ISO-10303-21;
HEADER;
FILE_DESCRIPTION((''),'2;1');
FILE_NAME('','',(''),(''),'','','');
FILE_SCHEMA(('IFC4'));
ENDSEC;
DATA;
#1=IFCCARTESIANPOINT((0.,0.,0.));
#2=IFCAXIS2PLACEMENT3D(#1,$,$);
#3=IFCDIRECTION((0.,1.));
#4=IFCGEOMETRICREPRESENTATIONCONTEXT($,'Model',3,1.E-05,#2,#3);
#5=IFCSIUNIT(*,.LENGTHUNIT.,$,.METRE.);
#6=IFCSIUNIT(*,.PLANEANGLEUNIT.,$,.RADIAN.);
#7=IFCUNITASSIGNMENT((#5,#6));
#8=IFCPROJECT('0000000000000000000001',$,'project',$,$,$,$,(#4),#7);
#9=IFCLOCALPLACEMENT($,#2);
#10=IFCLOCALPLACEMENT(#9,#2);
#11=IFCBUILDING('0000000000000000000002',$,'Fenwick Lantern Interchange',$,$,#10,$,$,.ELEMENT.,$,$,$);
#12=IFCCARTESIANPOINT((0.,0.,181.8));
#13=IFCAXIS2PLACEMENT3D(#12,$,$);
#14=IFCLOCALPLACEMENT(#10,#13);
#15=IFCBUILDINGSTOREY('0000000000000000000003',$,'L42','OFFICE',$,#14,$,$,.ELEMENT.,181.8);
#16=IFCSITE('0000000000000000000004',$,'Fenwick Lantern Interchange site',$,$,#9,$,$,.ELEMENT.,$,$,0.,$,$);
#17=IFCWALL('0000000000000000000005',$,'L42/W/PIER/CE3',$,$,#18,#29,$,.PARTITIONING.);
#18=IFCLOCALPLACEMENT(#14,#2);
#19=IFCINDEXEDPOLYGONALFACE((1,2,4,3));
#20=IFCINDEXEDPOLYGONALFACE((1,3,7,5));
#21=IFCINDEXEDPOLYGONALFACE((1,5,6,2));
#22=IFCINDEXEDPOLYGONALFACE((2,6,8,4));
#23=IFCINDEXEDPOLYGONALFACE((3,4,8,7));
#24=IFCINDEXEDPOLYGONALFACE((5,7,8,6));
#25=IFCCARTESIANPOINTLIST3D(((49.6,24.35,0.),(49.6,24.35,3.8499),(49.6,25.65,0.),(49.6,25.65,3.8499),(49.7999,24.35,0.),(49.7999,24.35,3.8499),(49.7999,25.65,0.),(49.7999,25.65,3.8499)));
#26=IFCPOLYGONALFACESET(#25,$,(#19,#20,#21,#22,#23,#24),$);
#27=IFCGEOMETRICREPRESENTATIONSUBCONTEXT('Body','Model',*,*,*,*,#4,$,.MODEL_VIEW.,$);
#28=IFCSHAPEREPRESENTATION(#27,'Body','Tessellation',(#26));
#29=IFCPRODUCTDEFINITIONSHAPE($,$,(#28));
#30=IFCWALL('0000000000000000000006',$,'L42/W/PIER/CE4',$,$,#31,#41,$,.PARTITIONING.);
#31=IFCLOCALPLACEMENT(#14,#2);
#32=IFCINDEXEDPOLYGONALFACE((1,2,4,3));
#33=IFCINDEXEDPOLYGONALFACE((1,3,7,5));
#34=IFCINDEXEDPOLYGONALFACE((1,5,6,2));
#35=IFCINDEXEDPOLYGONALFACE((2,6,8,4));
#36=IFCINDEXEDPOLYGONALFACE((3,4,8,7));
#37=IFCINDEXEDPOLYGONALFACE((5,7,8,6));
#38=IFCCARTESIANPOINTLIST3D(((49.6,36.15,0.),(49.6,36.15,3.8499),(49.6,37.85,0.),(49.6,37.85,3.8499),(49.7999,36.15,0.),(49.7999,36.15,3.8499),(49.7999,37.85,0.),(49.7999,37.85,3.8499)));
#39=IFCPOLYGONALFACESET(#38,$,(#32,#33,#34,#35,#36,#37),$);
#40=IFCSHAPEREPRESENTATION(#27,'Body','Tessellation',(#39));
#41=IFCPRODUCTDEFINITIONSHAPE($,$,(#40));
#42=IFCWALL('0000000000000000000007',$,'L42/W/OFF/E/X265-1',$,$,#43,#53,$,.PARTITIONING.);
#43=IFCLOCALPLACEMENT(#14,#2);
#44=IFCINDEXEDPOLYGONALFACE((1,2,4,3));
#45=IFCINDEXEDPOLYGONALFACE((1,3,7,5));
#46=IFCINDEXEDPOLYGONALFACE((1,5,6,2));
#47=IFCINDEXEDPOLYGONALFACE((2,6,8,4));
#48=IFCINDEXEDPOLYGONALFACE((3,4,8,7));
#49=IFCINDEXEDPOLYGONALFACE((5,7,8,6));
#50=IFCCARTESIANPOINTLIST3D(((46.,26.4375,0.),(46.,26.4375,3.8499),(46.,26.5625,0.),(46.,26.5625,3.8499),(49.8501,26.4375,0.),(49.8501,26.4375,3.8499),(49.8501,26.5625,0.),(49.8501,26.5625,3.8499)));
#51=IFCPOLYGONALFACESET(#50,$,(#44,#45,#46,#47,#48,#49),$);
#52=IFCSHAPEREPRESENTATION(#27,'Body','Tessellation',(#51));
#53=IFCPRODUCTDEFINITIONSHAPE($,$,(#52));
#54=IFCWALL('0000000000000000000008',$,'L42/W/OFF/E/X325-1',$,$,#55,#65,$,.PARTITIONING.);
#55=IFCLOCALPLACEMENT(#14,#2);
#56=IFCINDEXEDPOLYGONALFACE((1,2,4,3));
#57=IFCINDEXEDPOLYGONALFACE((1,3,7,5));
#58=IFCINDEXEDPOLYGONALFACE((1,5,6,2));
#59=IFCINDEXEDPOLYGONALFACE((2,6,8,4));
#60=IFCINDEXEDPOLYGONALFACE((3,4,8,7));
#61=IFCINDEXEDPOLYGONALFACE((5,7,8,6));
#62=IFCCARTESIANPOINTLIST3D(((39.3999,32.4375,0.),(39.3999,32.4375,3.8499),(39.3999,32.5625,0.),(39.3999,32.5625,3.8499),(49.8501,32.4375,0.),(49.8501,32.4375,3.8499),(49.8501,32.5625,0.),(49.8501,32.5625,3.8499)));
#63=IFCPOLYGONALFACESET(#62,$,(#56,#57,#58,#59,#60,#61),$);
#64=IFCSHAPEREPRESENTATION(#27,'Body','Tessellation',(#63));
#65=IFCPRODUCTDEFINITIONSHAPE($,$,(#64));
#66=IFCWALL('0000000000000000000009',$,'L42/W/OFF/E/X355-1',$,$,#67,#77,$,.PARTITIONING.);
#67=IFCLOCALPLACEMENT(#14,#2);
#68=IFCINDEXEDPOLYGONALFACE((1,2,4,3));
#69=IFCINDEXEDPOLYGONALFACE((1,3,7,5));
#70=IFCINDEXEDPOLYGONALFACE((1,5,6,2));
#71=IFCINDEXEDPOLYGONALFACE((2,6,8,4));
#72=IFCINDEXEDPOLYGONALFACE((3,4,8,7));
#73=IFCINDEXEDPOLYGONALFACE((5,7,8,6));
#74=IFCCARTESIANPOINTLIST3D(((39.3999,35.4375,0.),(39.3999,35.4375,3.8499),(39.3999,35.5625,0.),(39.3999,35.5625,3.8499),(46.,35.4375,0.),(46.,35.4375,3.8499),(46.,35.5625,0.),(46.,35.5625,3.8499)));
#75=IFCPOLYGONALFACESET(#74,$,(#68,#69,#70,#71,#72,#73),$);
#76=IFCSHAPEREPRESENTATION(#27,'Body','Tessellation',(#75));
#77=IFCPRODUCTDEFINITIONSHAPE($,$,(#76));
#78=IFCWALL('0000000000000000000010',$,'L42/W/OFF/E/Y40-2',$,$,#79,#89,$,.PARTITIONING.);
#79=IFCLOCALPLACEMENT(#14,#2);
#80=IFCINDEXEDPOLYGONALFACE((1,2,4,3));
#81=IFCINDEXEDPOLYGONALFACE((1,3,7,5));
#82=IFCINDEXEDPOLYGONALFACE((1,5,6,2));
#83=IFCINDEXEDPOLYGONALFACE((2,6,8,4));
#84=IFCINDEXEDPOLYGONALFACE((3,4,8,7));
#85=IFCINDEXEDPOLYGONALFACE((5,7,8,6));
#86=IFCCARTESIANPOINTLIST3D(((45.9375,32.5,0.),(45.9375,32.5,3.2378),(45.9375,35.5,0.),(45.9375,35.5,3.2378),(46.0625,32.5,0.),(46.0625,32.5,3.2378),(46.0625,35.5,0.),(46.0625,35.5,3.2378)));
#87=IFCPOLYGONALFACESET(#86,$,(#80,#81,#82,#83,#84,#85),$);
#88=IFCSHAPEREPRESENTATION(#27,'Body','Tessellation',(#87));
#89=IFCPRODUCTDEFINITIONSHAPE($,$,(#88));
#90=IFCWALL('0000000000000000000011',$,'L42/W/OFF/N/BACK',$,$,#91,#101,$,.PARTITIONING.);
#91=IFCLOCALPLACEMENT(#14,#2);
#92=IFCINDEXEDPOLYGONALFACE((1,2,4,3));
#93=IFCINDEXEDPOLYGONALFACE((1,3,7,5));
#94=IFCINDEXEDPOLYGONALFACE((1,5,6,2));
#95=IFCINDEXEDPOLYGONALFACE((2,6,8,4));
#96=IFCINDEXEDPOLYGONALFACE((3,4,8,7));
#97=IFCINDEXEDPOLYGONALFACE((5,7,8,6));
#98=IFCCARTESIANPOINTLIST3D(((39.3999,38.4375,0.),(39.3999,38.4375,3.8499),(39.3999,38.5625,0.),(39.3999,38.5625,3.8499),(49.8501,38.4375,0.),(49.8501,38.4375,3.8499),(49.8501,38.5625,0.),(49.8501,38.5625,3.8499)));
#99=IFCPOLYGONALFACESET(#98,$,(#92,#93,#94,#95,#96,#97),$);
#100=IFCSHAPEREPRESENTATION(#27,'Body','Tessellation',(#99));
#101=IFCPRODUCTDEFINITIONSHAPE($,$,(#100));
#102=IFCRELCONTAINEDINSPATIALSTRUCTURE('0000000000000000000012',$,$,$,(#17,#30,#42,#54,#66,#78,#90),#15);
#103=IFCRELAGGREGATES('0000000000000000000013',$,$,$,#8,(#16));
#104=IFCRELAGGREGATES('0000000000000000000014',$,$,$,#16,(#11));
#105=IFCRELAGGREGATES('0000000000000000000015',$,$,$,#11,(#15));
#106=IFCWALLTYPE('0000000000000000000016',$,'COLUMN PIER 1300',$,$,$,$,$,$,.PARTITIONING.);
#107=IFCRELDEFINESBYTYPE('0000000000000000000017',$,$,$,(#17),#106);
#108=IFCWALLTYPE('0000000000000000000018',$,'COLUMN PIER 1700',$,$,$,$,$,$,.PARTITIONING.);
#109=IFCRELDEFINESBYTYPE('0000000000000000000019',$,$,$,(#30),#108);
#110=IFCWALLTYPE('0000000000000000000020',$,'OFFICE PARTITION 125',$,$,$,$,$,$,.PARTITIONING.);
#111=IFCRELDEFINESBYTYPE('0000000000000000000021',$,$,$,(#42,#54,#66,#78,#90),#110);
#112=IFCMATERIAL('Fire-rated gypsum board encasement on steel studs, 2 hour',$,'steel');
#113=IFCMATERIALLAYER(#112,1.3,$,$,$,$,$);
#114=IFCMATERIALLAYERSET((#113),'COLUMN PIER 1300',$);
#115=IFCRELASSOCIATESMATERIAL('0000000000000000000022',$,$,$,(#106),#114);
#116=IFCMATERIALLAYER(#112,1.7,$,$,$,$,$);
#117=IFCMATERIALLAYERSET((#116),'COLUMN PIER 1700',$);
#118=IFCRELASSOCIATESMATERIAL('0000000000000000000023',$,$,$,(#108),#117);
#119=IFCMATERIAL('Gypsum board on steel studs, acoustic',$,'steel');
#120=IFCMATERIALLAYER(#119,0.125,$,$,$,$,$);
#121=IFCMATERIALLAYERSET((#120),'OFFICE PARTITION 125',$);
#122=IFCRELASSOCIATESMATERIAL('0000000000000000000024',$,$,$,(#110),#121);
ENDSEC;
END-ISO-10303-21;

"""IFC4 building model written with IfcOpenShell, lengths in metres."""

from ifc_helpers import new_model, si_unit, direction, frame, frame_2d, origin, place, context, subcontext, project, spatial, rectangle, extrude, material, layer, layer_set, type_object, element, save


model = new_model("IFC4")

# Units and contexts
model_context = context("Model", 3, precision=1e-05, world=origin(), true_north=direction((0.0, 1.0)))
body_context = subcontext(model_context, "Body", "Model", "MODEL_VIEW")
ifc_project = project(units=[si_unit("LENGTHUNIT", "METRE"), si_unit("PLANEANGLEUNIT", "RADIAN")], contexts=[model_context])

# Site, building, storey
site_placement = place(None, origin())
site = spatial("IfcSite", under=ifc_project, at=site_placement, Name="Fenwick Lantern Interchange site", CompositionType="ELEMENT", RefElevation=0.0)
building_placement = place(site_placement, origin())
building = spatial("IfcBuilding", under=site, at=building_placement, Name="Fenwick Lantern Interchange", CompositionType="ELEMENT")
storey_placement = place(building_placement, frame((0.0, 0.0, 181.8)))
storey = spatial("IfcBuildingStorey", under=building, at=storey_placement, Name="L42", Description="OFFICE", CompositionType="ELEMENT", Elevation=181.8)

# Walls
ifc_material_1 = material(Name="Fire-rated gypsum board encasement on steel studs, 2 hour", Category="steel")
ifc_layer_1 = layer(ifc_material_1, 1.3)
ifc_layer_set_1 = layer_set([ifc_layer_1], Name="COLUMN PIER 1300")
wall_type_1 = type_object("IfcWallType", Name="COLUMN PIER 1300", PredefinedType="PARTITIONING", material=ifc_layer_set_1)
wall_1_placement = place(storey_placement, frame((49.8, 25.0, 0.0), z_axis=(0.0, 0.0, 1.0), x_axis=(-1.0, 0.0, 0.0)))
element("IfcWall", 1, at=wall_1_placement, inside=storey, type_object=wall_type_1, Name="L42/W/PIER/CE3", PredefinedType="PARTITIONING", context=body_context, shape_type="SweptSolid", body=[
    extrude(rectangle(XDim=0.2, YDim=1.3, at=frame_2d((0.1001, 0.0))), origin(), (0.0, 0.0, 1.0), 3.8499),
])
ifc_layer_2 = layer(ifc_material_1, 1.7)
ifc_layer_set_2 = layer_set([ifc_layer_2], Name="COLUMN PIER 1700")
wall_type_2 = type_object("IfcWallType", Name="COLUMN PIER 1700", PredefinedType="PARTITIONING", material=ifc_layer_set_2)
wall_2_placement = place(storey_placement, frame((49.8, 37.0, 0.0), z_axis=(0.0, 0.0, 1.0), x_axis=(-1.0, 0.0, 0.0)))
element("IfcWall", 2, at=wall_2_placement, inside=storey, type_object=wall_type_2, Name="L42/W/PIER/CE4", PredefinedType="PARTITIONING", context=body_context, shape_type="SweptSolid", body=[
    extrude(rectangle(XDim=0.2, YDim=1.7, at=frame_2d((0.1001, 0.0))), origin(), (0.0, 0.0, 1.0), 3.8499),
])
ifc_material_2 = material(Name="Gypsum board on steel studs, acoustic", Category="steel")
ifc_layer_3 = layer(ifc_material_2, 0.125)
ifc_layer_set_3 = layer_set([ifc_layer_3], Name="OFFICE PARTITION 125")
wall_type_3 = type_object("IfcWallType", Name="OFFICE PARTITION 125", PredefinedType="PARTITIONING", material=ifc_layer_set_3)
wall_3_placement = place(storey_placement, frame((49.8501, 26.5, 0.0), z_axis=(0.0, 0.0, 1.0), x_axis=(-1.0, 0.0, 0.0)))
element("IfcWall", 3, at=wall_3_placement, inside=storey, type_object=wall_type_3, Name="L42/W/OFF/E/X265-1", PredefinedType="PARTITIONING", context=body_context, shape_type="SweptSolid", body=[
    extrude(rectangle(XDim=3.8501, YDim=0.125, at=frame_2d((1.925, 0.0))), origin(), (0.0, 0.0, 1.0), 3.8499),
])
wall_4_placement = place(storey_placement, frame((49.8501, 32.5, 0.0), z_axis=(0.0, 0.0, 1.0), x_axis=(-1.0, 0.0, 0.0)))
element("IfcWall", 4, at=wall_4_placement, inside=storey, type_object=wall_type_3, Name="L42/W/OFF/E/X325-1", PredefinedType="PARTITIONING", context=body_context, shape_type="SweptSolid", body=[
    extrude(rectangle(XDim=10.4502, YDim=0.125, at=frame_2d((5.2251, 0.0))), origin(), (0.0, 0.0, 1.0), 3.8499),
])
wall_5_placement = place(storey_placement, frame((46.0, 35.5, 0.0), z_axis=(0.0, 0.0, 1.0), x_axis=(-1.0, 0.0, 0.0)))
element("IfcWall", 5, at=wall_5_placement, inside=storey, type_object=wall_type_3, Name="L42/W/OFF/E/X355-1", PredefinedType="PARTITIONING", context=body_context, shape_type="SweptSolid", body=[
    extrude(rectangle(XDim=6.6001, YDim=0.125, at=frame_2d((3.3, 0.0))), origin(), (0.0, 0.0, 1.0), 3.8499),
])
wall_6_placement = place(storey_placement, frame((46.0, 32.5, 0.0), z_axis=(0.0, 0.0, 1.0), x_axis=(0.0, 1.0, 0.0)))
element("IfcWall", 6, at=wall_6_placement, inside=storey, type_object=wall_type_3, Name="L42/W/OFF/E/Y40-2", PredefinedType="PARTITIONING", context=body_context, shape_type="SweptSolid", body=[
    extrude(rectangle(XDim=3.0, YDim=0.125, at=frame_2d((1.5, 0.0))), origin(), (0.0, 0.0, 1.0), 3.2378),
])
wall_7_placement = place(storey_placement, frame((49.8501, 38.5, 0.0), z_axis=(0.0, 0.0, 1.0), x_axis=(-1.0, 0.0, 0.0)))
element("IfcWall", 7, at=wall_7_placement, inside=storey, type_object=wall_type_3, Name="L42/W/OFF/N/BACK", PredefinedType="PARTITIONING", context=body_context, shape_type="SweptSolid", body=[
    extrude(rectangle(XDim=10.4502, YDim=0.125, at=frame_2d((5.2251, 0.0))), origin(), (0.0, 0.0, 1.0), 3.8499),
])

save(model, "model.ifc")
